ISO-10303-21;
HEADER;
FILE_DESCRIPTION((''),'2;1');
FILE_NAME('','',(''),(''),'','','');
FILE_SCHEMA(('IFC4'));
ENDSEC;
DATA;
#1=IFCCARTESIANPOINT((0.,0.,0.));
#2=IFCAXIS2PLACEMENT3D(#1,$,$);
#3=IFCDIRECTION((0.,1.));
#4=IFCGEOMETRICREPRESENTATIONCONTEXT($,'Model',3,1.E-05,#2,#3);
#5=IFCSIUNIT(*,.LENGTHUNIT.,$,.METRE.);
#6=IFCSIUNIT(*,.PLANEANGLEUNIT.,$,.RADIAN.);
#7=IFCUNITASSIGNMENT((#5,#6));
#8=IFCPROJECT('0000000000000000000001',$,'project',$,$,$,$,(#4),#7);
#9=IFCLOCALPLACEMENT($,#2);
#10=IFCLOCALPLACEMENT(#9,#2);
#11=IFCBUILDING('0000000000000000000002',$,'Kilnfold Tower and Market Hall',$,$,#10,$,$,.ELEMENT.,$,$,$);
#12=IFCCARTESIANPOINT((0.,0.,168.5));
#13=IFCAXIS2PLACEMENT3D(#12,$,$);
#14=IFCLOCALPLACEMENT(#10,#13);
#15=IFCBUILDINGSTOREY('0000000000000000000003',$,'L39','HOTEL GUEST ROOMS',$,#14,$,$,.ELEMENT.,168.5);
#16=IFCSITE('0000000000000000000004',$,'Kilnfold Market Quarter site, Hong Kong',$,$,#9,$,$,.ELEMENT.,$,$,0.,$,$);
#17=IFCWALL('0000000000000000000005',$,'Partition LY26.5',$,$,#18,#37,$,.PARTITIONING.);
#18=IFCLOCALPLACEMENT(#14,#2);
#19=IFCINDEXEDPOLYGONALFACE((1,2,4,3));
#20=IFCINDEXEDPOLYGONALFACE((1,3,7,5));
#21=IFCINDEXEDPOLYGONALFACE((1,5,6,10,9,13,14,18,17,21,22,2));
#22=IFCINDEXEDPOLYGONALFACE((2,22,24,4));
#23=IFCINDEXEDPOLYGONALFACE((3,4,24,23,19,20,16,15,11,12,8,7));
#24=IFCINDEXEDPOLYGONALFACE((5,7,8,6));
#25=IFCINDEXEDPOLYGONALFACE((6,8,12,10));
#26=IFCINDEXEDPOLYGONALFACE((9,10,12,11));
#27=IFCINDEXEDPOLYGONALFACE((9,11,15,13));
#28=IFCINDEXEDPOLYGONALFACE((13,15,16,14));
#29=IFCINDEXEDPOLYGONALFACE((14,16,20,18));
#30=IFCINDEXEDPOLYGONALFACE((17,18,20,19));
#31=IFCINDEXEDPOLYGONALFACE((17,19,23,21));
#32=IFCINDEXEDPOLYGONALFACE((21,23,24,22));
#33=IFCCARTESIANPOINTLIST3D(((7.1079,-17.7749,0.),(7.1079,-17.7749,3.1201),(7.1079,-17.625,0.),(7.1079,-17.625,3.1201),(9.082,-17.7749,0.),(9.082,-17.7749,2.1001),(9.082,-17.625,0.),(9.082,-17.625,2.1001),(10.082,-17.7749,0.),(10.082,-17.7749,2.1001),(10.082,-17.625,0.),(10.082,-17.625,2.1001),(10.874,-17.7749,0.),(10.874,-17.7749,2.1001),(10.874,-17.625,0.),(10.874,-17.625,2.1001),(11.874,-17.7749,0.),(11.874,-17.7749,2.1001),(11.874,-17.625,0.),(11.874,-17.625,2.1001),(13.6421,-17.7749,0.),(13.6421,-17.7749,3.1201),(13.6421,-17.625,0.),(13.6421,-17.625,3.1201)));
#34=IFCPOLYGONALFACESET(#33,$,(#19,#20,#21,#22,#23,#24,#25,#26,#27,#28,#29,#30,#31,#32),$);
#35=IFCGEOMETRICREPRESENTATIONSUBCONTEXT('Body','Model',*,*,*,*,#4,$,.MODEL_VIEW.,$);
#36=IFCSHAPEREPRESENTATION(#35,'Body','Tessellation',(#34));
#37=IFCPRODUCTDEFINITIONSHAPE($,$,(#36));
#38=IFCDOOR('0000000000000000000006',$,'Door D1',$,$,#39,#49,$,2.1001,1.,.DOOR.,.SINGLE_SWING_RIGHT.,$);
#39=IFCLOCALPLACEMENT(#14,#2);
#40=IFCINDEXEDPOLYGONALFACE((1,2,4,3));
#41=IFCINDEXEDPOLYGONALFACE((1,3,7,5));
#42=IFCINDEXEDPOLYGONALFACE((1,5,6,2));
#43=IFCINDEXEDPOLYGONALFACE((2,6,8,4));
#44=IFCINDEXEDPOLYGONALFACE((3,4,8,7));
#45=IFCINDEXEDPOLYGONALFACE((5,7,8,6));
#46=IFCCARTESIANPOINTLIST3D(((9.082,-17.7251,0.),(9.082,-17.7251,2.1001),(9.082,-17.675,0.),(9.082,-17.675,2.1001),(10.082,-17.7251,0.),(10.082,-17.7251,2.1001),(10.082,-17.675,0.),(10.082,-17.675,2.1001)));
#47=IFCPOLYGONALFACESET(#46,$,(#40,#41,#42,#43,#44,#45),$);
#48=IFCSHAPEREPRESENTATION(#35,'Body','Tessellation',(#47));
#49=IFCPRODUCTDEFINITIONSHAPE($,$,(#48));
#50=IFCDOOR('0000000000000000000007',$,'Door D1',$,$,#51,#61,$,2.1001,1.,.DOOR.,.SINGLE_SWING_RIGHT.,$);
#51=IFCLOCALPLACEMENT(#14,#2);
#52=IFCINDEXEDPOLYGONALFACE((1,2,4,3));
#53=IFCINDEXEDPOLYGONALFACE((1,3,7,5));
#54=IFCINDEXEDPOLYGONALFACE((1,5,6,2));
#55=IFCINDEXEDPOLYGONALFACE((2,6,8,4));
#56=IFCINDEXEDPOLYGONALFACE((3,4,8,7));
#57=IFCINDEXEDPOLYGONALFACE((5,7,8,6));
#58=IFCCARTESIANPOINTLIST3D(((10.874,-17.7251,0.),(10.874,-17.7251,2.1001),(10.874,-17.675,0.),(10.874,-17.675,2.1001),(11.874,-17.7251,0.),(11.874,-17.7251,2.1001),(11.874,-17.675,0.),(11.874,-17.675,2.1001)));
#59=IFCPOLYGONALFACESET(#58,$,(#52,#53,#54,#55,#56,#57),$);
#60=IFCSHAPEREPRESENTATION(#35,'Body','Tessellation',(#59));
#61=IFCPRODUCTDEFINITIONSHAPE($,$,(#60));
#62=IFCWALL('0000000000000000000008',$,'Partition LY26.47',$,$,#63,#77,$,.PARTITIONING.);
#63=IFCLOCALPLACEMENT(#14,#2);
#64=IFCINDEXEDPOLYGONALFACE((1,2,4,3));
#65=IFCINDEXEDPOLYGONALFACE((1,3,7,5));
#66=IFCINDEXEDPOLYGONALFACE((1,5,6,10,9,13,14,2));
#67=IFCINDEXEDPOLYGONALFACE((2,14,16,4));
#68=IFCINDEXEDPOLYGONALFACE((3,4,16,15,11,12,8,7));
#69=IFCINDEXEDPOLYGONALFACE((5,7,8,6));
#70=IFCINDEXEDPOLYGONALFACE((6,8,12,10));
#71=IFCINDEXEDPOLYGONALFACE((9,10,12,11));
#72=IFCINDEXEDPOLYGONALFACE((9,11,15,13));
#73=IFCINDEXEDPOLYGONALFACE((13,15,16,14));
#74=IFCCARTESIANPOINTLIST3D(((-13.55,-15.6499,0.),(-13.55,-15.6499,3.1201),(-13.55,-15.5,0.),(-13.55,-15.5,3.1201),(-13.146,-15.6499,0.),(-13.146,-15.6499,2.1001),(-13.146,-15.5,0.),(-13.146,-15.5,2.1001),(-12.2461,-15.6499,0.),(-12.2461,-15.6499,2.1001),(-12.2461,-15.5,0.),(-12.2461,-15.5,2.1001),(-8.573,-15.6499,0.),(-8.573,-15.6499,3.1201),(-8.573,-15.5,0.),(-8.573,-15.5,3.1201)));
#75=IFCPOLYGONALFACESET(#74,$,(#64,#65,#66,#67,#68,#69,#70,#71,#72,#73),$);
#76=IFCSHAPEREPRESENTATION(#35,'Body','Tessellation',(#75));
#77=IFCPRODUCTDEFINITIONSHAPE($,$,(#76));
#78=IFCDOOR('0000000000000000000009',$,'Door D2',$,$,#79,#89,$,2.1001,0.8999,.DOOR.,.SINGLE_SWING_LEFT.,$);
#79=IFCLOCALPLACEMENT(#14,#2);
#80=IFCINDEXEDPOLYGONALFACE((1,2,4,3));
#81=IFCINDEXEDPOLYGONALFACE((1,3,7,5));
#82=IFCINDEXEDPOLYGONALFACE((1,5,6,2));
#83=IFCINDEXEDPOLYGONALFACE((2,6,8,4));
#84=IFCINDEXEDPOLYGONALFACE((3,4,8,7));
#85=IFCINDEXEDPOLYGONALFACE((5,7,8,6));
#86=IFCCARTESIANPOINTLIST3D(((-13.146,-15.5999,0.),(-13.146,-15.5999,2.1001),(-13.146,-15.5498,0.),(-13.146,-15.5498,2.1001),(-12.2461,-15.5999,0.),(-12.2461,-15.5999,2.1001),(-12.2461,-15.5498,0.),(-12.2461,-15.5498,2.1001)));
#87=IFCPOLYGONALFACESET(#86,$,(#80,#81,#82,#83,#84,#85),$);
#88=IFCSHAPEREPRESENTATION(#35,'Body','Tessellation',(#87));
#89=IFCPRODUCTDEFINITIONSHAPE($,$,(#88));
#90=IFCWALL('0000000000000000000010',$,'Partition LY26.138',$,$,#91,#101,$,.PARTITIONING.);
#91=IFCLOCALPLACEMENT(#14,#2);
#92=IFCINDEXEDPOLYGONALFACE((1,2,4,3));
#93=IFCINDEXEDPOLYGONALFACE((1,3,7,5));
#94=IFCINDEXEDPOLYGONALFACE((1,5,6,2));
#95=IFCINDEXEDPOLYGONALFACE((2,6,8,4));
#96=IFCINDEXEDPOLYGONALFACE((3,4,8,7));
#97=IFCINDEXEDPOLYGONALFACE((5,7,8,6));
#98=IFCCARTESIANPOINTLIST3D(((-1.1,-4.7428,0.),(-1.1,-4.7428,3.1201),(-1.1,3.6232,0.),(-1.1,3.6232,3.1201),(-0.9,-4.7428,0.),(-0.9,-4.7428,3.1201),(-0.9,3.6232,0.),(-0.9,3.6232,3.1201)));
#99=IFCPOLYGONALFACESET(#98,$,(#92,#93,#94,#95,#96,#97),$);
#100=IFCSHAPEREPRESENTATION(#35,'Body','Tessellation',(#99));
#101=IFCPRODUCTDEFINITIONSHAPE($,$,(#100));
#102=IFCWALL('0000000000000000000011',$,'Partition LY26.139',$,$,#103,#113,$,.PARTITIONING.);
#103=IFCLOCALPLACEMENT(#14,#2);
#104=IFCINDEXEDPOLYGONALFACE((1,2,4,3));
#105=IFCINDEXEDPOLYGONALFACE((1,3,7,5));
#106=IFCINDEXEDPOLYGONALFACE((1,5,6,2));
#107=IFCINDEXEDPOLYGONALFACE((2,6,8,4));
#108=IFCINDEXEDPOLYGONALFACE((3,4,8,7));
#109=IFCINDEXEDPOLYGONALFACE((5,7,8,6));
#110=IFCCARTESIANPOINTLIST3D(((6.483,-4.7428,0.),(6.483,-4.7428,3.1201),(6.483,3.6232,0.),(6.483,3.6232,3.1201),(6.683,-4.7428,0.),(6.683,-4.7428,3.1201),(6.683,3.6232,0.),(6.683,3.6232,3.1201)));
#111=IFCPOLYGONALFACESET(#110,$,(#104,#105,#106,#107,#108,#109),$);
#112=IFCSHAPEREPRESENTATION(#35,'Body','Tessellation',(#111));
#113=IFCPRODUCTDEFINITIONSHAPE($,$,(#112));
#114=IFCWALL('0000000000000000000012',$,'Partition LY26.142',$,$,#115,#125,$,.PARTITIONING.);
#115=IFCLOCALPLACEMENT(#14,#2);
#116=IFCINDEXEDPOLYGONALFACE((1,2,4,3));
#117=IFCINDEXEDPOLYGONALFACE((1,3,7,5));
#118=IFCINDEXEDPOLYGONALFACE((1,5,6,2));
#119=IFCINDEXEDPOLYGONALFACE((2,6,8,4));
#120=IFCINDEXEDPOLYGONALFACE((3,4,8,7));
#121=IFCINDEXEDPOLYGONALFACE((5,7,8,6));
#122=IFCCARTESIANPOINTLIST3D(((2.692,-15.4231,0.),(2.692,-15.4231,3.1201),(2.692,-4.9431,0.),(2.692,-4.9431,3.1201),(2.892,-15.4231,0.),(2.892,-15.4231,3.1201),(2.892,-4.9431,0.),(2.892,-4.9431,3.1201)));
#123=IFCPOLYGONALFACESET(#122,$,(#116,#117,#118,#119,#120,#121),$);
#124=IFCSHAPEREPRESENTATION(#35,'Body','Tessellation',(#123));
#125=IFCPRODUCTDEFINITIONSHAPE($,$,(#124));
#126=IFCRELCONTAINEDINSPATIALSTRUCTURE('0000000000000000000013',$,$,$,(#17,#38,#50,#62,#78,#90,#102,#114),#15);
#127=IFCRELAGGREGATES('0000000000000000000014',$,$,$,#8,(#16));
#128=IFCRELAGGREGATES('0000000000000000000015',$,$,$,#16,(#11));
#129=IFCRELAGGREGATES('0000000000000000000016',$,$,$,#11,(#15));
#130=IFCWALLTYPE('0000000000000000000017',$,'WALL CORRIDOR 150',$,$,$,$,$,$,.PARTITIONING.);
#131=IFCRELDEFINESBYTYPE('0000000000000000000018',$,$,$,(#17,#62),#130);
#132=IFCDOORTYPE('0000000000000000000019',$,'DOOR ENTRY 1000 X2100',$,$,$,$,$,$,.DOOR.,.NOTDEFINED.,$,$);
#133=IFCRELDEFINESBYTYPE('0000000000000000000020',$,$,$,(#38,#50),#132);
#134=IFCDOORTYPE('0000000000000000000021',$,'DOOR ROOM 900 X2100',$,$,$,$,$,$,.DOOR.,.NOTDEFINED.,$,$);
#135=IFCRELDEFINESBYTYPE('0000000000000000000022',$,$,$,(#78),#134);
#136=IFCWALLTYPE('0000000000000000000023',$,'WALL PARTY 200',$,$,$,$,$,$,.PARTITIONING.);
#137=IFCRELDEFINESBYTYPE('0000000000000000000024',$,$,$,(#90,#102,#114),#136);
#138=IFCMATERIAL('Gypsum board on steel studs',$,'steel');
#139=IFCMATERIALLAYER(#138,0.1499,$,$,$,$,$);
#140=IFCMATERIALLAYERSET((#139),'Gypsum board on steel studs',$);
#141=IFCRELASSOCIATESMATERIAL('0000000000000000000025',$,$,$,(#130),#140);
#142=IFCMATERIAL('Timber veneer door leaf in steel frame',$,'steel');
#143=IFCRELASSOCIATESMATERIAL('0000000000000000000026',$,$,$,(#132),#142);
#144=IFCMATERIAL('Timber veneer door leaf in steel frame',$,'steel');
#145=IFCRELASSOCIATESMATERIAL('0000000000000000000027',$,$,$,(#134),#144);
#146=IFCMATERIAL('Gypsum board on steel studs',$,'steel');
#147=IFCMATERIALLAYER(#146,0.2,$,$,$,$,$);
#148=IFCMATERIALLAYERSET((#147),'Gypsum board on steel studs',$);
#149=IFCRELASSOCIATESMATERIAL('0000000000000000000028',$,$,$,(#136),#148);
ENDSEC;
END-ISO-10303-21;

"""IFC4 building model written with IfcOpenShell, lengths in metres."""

from ifc_helpers import new_model, si_unit, direction, frame, frame_2d, origin, place, context, subcontext, project, spatial, rectangle, extrude, material, layer, layer_set, type_object, element, fill, save


model = new_model("IFC4")

# Units and contexts
model_context = context("Model", 3, precision=1e-05, world=origin(), true_north=direction((0.0, 1.0)))
body_context = subcontext(model_context, "Body", "Model", "MODEL_VIEW")
ifc_project = project(units=[si_unit("LENGTHUNIT", "METRE"), si_unit("PLANEANGLEUNIT", "RADIAN")], contexts=[model_context])

# Site, building, storey
site_placement = place(None, origin())
site = spatial("IfcSite", under=ifc_project, at=site_placement, Name="Kilnfold Market Quarter site, Hong Kong", CompositionType="ELEMENT", RefElevation=0.0)
building_placement = place(site_placement, origin())
building = spatial("IfcBuilding", under=site, at=building_placement, Name="Kilnfold Tower and Market Hall", CompositionType="ELEMENT")
storey_placement = place(building_placement, frame((0.0, 0.0, 168.5)))
storey = spatial("IfcBuildingStorey", under=building, at=storey_placement, Name="L39", Description="HOTEL GUEST ROOMS", CompositionType="ELEMENT", Elevation=168.5)

# Wall, openings, doors
ifc_material_1 = material(Name="Gypsum board on steel studs", Category="steel")
ifc_layer_1 = layer(ifc_material_1, 0.1499)
ifc_layer_set_1 = layer_set([ifc_layer_1], Name="Gypsum board on steel studs")
wall_type_1 = type_object("IfcWallType", Name="WALL CORRIDOR 150", PredefinedType="PARTITIONING", material=ifc_layer_set_1)
ifc_material_2 = material(Name="Timber veneer door leaf in steel frame", Category="steel")
door_type_1 = type_object("IfcDoorType", Name="DOOR ENTRY 1000 X2100", OperationType="NOTDEFINED", PredefinedType="DOOR", material=ifc_material_2)
wall_1_placement = place(storey_placement, frame((7.1079, -17.7, 0.0), z_axis=(0.0, 0.0, 1.0), x_axis=(1.0, 0.0, 0.0)))
wall_1 = element("IfcWall", 1, at=wall_1_placement, inside=storey, type_object=wall_type_1, Name="Partition LY26.5", PredefinedType="PARTITIONING", context=body_context, shape_type="SweptSolid", body=[
    extrude(rectangle(XDim=6.5342, YDim=0.1499, at=frame_2d((3.2671, 0.0))), origin(), (0.0, 0.0, 1.0), 3.1201),
])
opening_1_placement = place(wall_1_placement, frame((1.9741, 0.0, 0.0)))
opening_1 = element("IfcOpeningElement", 2, at=opening_1_placement, cuts=wall_1, PredefinedType="OPENING", context=body_context, shape_type="SweptSolid", body=[
    extrude(rectangle(XDim=1.0, YDim=2.1001, at=frame_2d((0.5, 1.05))), frame((0.0, 0.085, 0.0), z_axis=(0.0, -1.0, 0.0), x_axis=(1.0, 0.0, 0.0)), (0.0, 0.0, 1.0), 0.1699),
])
opening_2_placement = place(wall_1_placement, frame((3.7661, 0.0, 0.0)))
opening_2 = element("IfcOpeningElement", 3, at=opening_2_placement, cuts=wall_1, PredefinedType="OPENING", context=body_context, shape_type="SweptSolid", body=[
    extrude(rectangle(XDim=1.0, YDim=2.1001, at=frame_2d((0.5, 1.05))), frame((0.0, 0.085, 0.0), z_axis=(0.0, -1.0, 0.0), x_axis=(1.0, 0.0, 0.0)), (0.0, 0.0, 1.0), 0.1699),
])
door_1_placement = place(opening_1_placement, origin())
door_1 = element("IfcDoor", 4, at=door_1_placement, inside=storey, type_object=door_type_1, Name="Door D1", OperationType="SINGLE_SWING_RIGHT", OverallHeight=2.1001, OverallWidth=1.0, PredefinedType="DOOR", context=body_context, shape_type="SweptSolid", body=[
    extrude(rectangle(XDim=1.0, YDim=2.1001, at=frame_2d((0.5, 1.05))), frame((0.0, 0.0249, 0.0), z_axis=(0.0, -1.0, 0.0), x_axis=(1.0, 0.0, 0.0)), (0.0, 0.0, 1.0), 0.05),
])
fill(opening_1, door_1)
door_2_placement = place(opening_2_placement, origin())
door_2 = element("IfcDoor", 5, at=door_2_placement, inside=storey, type_object=door_type_1, Name="Door D1", OperationType="SINGLE_SWING_RIGHT", OverallHeight=2.1001, OverallWidth=1.0, PredefinedType="DOOR", context=body_context, shape_type="SweptSolid", body=[
    extrude(rectangle(XDim=1.0, YDim=2.1001, at=frame_2d((0.5, 1.05))), frame((0.0, 0.0249, 0.0), z_axis=(0.0, -1.0, 0.0), x_axis=(1.0, 0.0, 0.0)), (0.0, 0.0, 1.0), 0.05),
])
fill(opening_2, door_2)

# Wall, opening, door
wall_2_placement = place(storey_placement, frame((-8.573, -15.575, 0.0), z_axis=(0.0, 0.0, 1.0), x_axis=(-1.0, 0.0, 0.0)))
wall_2 = element("IfcWall", 6, at=wall_2_placement, inside=storey, type_object=wall_type_1, Name="Partition LY26.47", PredefinedType="PARTITIONING", context=body_context, shape_type="SweptSolid", body=[
    extrude(rectangle(XDim=4.9771, YDim=0.1499, at=frame_2d((2.4885, 0.0))), origin(), (0.0, 0.0, 1.0), 3.1201),
])
opening_3_placement = place(wall_2_placement, frame((3.6731, 0.0, 0.0)))
opening_3 = element("IfcOpeningElement", 7, at=opening_3_placement, cuts=wall_2, PredefinedType="OPENING", context=body_context, shape_type="SweptSolid", body=[
    extrude(rectangle(XDim=0.8999, YDim=2.1001, at=frame_2d((0.45, 1.05))), frame((0.0, 0.085, 0.0), z_axis=(0.0, -1.0, 0.0), x_axis=(1.0, 0.0, 0.0)), (0.0, 0.0, 1.0), 0.1699),
])
ifc_material_3 = material(Name="Timber veneer door leaf in steel frame", Category="steel")
door_type_2 = type_object("IfcDoorType", Name="DOOR ROOM 900 X2100", OperationType="NOTDEFINED", PredefinedType="DOOR", material=ifc_material_3)
door_3_placement = place(opening_3_placement, origin())
door_3 = element("IfcDoor", 8, at=door_3_placement, inside=storey, type_object=door_type_2, Name="Door D2", OperationType="SINGLE_SWING_LEFT", OverallHeight=2.1001, OverallWidth=0.8999, PredefinedType="DOOR", context=body_context, shape_type="SweptSolid", body=[
    extrude(rectangle(XDim=0.8999, YDim=2.1001, at=frame_2d((0.45, 1.05))), frame((0.0, 0.0249, 0.0), z_axis=(0.0, -1.0, 0.0), x_axis=(1.0, 0.0, 0.0)), (0.0, 0.0, 1.0), 0.05),
])
fill(opening_3, door_3)

# Walls
ifc_material_4 = material(Name="Gypsum board on steel studs", Category="steel")
ifc_layer_2 = layer(ifc_material_4, 0.2)
ifc_layer_set_2 = layer_set([ifc_layer_2], Name="Gypsum board on steel studs")
wall_type_2 = type_object("IfcWallType", Name="WALL PARTY 200", PredefinedType="PARTITIONING", material=ifc_layer_set_2)
for number, where, z_axis, x_axis, name in (
    (9, (-1.0, -4.7429, 0.0), (0.0, 0.0, 1.0), (0.0, 1.0, 0.0), "Partition LY26.138"),
    (10, (6.583, -4.7429, 0.0), (0.0, 0.0, 1.0), (0.0, 1.0, 0.0), "Partition LY26.139"),
):
    element("IfcWall", number, at=place(storey_placement, frame(where, z_axis=z_axis, x_axis=x_axis)), inside=storey, type_object=wall_type_2, Name=name, PredefinedType="PARTITIONING", context=body_context, shape_type="SweptSolid", body=[
        extrude(rectangle(XDim=8.366, YDim=0.2, at=frame_2d((4.1831, 0.0))), origin(), (0.0, 0.0, 1.0), 3.1201),
    ])
wall_3_placement = place(storey_placement, frame((2.792, -15.4231, 0.0), z_axis=(0.0, 0.0, 1.0), x_axis=(0.0, 1.0, 0.0)))
element("IfcWall", 11, at=wall_3_placement, inside=storey, type_object=wall_type_2, Name="Partition LY26.142", PredefinedType="PARTITIONING", context=body_context, shape_type="SweptSolid", body=[
    extrude(rectangle(XDim=10.48, YDim=0.2, at=frame_2d((5.24, 0.0))), origin(), (0.0, 0.0, 1.0), 3.1201),
])

save(model, "model.ifc")
